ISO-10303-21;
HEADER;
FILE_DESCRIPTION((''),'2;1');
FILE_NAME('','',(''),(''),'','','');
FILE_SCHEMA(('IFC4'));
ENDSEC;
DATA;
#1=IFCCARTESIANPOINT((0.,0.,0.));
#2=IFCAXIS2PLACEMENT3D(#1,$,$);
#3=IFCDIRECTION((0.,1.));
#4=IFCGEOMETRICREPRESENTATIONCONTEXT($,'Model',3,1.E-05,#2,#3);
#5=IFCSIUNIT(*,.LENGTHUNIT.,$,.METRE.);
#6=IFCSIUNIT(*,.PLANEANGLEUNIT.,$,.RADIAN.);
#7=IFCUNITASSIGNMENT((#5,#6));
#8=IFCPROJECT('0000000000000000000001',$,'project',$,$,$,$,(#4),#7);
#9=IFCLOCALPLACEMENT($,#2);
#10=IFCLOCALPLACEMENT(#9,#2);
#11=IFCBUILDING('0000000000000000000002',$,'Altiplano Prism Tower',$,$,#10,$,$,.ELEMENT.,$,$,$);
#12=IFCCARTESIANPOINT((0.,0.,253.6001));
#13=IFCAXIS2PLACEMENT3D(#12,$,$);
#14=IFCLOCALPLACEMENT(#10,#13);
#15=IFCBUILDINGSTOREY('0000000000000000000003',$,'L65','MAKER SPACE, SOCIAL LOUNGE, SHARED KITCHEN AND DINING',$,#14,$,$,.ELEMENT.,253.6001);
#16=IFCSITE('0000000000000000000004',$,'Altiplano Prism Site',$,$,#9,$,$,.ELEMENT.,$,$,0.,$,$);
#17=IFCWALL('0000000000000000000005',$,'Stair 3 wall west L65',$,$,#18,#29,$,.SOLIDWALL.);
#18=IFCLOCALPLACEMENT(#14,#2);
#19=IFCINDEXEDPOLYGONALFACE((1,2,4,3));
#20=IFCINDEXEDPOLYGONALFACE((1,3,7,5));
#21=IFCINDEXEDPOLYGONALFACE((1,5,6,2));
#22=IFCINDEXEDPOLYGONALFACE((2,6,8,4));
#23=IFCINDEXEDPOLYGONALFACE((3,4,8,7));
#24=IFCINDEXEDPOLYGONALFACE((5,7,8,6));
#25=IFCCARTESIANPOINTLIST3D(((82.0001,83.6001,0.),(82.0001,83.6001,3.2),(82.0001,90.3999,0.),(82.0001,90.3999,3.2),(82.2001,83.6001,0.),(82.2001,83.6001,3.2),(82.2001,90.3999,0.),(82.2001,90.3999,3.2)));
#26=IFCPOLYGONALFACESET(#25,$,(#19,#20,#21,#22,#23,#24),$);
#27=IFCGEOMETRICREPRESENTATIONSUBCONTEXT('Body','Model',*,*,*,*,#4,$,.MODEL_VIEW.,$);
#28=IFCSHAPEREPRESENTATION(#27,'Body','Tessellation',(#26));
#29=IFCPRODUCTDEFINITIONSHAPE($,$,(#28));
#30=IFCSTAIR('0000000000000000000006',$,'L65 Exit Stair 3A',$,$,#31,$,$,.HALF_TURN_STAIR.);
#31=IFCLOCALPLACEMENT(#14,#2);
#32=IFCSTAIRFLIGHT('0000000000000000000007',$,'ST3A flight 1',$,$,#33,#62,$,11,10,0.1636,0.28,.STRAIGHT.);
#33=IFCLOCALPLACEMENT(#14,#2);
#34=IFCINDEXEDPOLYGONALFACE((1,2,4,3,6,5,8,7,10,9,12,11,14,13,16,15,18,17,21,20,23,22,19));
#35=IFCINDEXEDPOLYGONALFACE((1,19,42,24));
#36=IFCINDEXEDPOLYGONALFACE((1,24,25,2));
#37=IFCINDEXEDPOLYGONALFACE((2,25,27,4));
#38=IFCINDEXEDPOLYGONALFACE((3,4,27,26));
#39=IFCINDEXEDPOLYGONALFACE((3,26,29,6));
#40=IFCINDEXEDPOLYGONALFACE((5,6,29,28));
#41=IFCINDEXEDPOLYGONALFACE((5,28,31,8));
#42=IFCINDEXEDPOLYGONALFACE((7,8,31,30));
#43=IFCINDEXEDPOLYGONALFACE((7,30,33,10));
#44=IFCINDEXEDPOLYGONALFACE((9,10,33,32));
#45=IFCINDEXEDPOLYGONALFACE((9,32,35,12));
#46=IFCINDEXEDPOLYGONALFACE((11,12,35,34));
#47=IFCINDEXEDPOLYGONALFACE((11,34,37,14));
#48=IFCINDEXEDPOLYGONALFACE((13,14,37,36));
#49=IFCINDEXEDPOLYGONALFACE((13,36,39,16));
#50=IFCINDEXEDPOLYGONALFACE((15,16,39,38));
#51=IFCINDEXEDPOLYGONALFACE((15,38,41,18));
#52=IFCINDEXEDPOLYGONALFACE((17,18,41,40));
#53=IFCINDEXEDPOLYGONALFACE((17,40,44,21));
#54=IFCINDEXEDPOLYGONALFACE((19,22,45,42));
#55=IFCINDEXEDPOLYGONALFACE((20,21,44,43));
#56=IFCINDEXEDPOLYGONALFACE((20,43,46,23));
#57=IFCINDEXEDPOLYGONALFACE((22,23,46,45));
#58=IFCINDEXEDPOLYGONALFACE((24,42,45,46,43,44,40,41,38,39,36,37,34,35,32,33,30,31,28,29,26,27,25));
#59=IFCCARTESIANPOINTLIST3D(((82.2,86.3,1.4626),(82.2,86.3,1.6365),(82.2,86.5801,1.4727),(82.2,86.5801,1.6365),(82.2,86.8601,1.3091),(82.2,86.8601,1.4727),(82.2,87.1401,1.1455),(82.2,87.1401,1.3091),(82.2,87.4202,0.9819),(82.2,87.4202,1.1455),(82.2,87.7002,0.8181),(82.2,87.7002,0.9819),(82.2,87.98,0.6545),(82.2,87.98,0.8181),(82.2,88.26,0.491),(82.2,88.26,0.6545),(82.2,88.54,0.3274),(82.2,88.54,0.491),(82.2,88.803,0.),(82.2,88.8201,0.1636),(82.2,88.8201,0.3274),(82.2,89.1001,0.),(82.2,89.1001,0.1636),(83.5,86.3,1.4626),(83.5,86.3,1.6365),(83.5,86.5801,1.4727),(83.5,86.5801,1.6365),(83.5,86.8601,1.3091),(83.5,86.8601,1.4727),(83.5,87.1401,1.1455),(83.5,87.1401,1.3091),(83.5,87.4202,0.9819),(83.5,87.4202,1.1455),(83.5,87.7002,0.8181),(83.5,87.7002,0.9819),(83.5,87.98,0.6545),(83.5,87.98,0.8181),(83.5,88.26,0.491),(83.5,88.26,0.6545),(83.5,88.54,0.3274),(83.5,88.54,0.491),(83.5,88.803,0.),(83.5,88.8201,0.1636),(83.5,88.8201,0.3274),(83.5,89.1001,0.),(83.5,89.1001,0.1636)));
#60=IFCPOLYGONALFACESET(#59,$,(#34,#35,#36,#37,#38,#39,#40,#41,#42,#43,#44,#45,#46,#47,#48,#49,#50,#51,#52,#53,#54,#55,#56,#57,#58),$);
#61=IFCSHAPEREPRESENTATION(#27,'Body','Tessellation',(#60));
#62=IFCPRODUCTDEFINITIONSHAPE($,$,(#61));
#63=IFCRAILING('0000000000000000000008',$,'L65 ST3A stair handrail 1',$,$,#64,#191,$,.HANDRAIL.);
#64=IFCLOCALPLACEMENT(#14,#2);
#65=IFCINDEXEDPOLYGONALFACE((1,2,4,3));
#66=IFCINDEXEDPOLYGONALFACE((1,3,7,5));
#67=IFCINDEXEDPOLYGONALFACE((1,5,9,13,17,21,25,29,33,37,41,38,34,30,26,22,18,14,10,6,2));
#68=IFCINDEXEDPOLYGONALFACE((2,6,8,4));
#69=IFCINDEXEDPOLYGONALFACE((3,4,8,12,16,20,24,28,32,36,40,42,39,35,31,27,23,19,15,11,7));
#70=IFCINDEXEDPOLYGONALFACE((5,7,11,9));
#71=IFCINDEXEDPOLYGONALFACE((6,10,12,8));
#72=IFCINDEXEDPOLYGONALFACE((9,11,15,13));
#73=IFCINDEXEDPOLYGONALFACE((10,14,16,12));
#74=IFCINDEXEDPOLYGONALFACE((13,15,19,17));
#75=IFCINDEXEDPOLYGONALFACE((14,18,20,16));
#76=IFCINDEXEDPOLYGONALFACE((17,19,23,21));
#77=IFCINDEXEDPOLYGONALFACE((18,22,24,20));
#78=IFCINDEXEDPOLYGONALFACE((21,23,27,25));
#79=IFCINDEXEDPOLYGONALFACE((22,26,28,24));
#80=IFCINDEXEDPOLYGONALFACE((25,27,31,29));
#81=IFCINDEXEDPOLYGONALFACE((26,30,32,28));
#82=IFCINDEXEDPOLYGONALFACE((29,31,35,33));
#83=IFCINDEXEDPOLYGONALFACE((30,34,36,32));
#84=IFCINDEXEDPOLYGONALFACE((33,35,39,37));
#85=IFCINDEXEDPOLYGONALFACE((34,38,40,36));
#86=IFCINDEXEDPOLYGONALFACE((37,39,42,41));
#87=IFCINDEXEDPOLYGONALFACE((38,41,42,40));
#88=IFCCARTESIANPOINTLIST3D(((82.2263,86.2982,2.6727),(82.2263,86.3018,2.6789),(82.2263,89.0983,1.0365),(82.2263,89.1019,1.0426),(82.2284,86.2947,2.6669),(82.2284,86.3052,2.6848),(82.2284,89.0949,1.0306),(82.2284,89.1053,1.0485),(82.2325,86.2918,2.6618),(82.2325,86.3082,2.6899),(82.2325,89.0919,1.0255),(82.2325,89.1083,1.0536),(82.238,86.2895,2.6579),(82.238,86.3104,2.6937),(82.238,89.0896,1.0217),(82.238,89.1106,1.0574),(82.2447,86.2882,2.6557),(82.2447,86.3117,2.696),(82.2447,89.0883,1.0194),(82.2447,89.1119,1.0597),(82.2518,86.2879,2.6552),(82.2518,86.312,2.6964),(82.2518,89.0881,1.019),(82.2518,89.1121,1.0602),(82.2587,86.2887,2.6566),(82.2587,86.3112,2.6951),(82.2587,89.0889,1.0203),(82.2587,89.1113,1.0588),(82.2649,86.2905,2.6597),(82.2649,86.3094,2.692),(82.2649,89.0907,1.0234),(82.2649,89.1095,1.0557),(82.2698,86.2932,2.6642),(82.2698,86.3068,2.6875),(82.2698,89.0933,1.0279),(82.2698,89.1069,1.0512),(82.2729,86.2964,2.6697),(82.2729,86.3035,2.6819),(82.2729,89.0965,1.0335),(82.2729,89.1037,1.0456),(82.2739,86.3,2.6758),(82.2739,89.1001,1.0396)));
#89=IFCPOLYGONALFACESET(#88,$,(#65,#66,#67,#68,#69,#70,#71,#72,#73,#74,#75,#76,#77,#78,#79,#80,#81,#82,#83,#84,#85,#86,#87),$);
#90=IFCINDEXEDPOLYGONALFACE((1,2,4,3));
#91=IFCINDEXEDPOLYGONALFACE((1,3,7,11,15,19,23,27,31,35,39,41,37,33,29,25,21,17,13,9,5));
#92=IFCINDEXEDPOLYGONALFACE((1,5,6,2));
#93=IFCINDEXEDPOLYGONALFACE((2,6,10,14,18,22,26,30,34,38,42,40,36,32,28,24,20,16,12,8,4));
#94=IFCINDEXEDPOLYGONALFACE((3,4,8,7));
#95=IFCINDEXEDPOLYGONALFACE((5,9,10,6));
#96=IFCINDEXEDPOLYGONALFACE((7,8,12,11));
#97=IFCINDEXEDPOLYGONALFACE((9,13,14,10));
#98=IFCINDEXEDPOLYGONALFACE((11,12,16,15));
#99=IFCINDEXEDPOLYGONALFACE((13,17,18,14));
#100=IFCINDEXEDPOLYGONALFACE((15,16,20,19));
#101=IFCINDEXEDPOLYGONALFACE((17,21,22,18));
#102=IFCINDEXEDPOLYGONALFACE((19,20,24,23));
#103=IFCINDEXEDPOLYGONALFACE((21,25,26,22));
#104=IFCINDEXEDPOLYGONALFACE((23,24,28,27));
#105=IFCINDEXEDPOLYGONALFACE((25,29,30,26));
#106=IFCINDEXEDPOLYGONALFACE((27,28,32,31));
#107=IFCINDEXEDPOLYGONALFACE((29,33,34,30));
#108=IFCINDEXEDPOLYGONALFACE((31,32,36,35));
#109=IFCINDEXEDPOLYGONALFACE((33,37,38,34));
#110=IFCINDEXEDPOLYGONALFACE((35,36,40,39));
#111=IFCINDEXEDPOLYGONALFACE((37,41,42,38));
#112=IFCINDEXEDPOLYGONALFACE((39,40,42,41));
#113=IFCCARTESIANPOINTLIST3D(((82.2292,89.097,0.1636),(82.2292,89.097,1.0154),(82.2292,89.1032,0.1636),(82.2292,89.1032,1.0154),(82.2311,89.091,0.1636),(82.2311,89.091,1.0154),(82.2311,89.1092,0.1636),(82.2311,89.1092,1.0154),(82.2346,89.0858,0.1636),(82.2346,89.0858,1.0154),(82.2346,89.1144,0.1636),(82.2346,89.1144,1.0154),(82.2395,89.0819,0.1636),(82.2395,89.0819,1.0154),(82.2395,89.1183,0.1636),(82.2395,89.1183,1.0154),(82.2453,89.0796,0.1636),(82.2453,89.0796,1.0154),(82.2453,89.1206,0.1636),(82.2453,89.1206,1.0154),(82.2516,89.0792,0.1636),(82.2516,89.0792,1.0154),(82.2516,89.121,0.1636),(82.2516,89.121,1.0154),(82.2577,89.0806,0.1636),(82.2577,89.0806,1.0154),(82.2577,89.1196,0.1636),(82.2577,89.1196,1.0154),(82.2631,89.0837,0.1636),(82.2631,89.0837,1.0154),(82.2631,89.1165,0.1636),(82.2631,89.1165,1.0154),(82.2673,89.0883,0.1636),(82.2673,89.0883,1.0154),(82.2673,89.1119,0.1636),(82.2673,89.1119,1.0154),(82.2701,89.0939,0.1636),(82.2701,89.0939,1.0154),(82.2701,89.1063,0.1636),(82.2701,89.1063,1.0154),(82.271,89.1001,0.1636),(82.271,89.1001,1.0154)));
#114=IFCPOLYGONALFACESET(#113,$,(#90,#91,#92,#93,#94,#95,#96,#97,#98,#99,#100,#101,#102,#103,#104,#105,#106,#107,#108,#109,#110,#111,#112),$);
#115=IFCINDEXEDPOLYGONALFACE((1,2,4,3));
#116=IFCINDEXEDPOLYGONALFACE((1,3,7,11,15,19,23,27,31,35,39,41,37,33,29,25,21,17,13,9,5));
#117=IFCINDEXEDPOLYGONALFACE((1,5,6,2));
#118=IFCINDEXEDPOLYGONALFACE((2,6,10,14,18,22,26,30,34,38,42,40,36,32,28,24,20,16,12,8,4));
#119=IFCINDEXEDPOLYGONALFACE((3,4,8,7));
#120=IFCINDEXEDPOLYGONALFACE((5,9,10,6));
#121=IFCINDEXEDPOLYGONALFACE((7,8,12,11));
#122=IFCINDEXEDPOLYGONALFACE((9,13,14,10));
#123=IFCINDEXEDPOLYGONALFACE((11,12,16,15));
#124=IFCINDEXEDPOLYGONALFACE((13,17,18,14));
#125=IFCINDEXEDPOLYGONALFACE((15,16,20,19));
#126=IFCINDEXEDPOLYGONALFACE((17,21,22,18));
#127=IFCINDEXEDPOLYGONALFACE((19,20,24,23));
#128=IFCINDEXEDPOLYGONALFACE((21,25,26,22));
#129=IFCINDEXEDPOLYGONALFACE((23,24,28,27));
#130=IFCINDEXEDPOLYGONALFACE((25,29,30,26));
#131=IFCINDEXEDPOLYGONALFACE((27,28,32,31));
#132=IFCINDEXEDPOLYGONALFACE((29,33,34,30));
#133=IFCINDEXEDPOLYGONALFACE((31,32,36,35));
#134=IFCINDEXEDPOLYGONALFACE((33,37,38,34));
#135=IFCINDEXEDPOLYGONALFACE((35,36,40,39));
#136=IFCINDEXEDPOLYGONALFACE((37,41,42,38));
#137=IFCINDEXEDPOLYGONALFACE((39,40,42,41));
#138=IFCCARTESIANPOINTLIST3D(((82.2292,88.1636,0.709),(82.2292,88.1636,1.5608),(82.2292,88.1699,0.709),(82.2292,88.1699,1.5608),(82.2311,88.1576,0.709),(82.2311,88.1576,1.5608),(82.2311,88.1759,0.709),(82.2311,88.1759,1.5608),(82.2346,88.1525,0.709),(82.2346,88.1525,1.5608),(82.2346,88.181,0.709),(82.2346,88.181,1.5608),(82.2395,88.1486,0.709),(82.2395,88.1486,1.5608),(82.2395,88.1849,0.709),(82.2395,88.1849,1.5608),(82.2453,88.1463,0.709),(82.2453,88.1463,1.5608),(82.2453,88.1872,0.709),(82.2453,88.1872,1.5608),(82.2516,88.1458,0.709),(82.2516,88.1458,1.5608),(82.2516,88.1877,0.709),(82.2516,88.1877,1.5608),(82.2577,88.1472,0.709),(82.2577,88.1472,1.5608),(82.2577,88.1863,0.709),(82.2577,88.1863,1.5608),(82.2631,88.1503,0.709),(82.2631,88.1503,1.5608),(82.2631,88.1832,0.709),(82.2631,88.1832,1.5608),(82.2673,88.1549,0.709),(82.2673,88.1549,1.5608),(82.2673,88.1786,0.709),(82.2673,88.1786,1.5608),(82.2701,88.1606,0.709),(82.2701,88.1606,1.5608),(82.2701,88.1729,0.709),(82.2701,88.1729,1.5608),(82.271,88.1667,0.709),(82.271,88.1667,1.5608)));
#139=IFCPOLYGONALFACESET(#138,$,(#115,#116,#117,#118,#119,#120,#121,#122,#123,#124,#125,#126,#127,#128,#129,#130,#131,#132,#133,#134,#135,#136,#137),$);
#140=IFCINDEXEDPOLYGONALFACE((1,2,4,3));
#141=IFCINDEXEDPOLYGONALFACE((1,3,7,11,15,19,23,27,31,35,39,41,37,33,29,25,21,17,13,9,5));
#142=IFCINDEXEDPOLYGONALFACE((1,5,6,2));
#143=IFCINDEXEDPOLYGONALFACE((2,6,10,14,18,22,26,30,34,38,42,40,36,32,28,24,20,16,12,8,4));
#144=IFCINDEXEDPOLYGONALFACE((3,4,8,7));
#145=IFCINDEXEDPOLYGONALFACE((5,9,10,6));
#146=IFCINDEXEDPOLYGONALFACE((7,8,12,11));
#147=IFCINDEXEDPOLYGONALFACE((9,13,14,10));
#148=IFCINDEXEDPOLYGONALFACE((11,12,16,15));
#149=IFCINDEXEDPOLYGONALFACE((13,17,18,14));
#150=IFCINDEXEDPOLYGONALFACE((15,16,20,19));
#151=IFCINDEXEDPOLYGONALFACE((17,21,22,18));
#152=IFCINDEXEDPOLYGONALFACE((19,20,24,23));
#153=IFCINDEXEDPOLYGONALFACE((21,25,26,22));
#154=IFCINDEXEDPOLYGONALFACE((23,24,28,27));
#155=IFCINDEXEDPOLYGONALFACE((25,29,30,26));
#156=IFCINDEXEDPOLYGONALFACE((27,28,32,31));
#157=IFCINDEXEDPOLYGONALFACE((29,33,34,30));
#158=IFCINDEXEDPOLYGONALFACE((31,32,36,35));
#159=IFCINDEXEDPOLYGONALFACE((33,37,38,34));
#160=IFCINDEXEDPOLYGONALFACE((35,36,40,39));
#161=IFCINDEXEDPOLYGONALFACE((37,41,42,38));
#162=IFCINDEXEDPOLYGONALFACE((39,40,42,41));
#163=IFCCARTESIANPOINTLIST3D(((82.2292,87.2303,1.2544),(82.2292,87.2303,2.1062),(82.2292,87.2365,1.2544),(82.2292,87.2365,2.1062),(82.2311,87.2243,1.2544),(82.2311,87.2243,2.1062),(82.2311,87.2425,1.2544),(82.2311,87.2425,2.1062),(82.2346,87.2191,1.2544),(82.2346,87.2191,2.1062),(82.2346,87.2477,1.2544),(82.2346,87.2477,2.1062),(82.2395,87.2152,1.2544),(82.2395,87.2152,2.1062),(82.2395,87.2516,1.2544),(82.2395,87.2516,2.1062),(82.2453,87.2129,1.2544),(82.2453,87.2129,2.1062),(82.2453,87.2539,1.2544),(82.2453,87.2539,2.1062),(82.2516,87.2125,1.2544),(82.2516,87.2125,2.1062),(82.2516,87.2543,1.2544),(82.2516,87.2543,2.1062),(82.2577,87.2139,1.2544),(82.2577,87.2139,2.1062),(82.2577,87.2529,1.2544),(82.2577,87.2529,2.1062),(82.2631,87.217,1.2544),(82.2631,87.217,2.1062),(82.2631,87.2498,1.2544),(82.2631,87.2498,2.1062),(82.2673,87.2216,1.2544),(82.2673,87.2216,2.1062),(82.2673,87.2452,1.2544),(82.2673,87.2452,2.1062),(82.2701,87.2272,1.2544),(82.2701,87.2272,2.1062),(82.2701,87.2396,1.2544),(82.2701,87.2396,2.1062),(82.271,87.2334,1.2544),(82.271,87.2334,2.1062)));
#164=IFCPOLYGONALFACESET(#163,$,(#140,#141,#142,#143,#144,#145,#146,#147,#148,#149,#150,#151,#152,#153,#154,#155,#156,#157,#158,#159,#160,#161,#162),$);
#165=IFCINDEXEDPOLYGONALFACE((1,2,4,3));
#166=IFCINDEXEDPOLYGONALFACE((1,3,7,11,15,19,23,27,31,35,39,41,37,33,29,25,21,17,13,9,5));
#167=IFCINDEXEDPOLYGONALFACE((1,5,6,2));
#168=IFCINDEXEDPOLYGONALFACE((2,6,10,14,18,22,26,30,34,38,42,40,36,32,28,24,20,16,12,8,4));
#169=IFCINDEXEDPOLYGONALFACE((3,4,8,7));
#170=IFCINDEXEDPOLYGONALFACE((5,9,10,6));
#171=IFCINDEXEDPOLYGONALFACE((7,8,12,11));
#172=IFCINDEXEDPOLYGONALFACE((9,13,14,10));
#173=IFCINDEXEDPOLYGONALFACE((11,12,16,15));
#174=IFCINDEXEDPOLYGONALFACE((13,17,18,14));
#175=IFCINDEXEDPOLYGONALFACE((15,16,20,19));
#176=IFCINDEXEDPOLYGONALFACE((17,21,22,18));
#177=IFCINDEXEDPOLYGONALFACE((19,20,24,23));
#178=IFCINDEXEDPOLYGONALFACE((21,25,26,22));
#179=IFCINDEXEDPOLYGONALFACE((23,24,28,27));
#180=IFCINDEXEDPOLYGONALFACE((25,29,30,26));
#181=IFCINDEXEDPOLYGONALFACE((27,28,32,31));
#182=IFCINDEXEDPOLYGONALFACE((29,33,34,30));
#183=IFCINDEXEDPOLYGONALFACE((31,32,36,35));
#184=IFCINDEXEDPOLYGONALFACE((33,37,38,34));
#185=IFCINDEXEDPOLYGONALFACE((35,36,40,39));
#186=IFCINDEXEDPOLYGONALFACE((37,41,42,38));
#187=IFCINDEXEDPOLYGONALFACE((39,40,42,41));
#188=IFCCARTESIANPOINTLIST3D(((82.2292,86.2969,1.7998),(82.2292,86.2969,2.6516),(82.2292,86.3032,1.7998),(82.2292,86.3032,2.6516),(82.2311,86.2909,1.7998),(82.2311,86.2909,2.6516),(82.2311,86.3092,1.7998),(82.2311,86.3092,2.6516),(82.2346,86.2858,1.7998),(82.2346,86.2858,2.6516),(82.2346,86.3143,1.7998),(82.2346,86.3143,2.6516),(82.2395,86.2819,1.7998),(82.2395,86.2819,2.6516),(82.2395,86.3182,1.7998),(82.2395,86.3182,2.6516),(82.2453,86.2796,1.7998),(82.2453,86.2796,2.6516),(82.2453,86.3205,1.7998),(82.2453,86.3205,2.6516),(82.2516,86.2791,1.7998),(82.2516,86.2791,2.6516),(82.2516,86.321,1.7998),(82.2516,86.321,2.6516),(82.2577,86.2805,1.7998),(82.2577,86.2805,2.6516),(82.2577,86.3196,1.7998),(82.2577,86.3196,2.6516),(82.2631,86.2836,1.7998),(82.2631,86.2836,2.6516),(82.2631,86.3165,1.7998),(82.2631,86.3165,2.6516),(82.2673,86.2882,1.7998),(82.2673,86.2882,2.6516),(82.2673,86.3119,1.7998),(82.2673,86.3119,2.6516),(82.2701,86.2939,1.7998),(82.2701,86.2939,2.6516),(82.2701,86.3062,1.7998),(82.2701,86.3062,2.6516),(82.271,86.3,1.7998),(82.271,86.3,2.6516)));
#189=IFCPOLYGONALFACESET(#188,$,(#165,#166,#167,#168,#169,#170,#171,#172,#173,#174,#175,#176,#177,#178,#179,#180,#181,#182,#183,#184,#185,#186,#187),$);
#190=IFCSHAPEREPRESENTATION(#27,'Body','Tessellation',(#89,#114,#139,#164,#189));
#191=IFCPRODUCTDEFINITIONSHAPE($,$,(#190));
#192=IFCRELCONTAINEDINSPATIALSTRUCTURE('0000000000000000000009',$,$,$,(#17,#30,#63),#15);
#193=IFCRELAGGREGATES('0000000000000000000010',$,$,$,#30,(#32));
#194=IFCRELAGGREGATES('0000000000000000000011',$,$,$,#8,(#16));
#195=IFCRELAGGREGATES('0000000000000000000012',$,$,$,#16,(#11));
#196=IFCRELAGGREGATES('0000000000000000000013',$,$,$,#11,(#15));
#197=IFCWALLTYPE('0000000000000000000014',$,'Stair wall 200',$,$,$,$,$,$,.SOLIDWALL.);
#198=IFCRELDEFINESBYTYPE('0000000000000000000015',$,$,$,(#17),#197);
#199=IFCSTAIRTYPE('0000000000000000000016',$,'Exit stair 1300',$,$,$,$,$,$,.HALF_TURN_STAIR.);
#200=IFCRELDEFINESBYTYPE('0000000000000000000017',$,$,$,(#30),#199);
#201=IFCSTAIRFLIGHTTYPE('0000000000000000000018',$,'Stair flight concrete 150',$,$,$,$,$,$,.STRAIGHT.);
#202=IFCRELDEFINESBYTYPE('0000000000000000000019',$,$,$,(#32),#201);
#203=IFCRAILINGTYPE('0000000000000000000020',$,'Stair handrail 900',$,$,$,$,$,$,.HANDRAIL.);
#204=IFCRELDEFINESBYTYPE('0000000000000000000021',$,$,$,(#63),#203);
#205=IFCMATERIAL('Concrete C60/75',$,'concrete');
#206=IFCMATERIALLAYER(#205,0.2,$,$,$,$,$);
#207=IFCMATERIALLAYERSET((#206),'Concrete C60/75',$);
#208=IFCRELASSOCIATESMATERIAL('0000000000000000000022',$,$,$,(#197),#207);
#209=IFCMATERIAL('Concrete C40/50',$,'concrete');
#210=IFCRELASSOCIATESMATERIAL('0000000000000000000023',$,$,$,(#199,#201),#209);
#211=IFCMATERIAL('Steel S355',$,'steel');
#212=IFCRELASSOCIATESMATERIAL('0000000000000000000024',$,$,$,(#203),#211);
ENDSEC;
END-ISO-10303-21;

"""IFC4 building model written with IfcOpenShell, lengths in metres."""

from ifc_helpers import new_model, si_unit, direction, frame, frame_2d, origin, origin_2d, place, context, subcontext, project, spatial, polyline, rectangle, circle, outline, extrude, material, layer, layer_set, type_object, element, aggregate, save


model = new_model("IFC4")

# Units and contexts
model_context = context("Model", 3, precision=1e-05, world=origin(), true_north=direction((0.0, 1.0)))
body_context = subcontext(model_context, "Body", "Model", "MODEL_VIEW")
ifc_project = project(units=[si_unit("LENGTHUNIT", "METRE"), si_unit("PLANEANGLEUNIT", "RADIAN")], contexts=[model_context])

# Site, building, storey
site_placement = place(None, origin())
site = spatial("IfcSite", under=ifc_project, at=site_placement, Name="Altiplano Prism Site", CompositionType="ELEMENT", RefElevation=0.0)
building_placement = place(site_placement, origin())
building = spatial("IfcBuilding", under=site, at=building_placement, Name="Altiplano Prism Tower", CompositionType="ELEMENT")
storey_placement = place(building_placement, frame((0.0, 0.0, 253.6001)))
storey = spatial("IfcBuildingStorey", under=building, at=storey_placement, Name="L65", Description="MAKER SPACE, SOCIAL LOUNGE, SHARED KITCHEN AND DINING", CompositionType="ELEMENT", Elevation=253.6001)

# Shared definitions
ifc_material_1 = material(Name="Concrete C60/75", Category="concrete")

# Shared definitions
ifc_layer_1 = layer(ifc_material_1, 0.2)
ifc_layer_set_1 = layer_set([ifc_layer_1], Name="Concrete C60/75")
wall_type_1 = type_object("IfcWallType", Name="Stair wall 200", PredefinedType="SOLIDWALL", material=ifc_layer_set_1)

# Wall
wall_1_placement = place(storey_placement, frame((82.1001, 83.6001, 0.0), z_axis=(0.0, 0.0, 1.0), x_axis=(0.0, 1.0, 0.0)))
element("IfcWall", 1, at=wall_1_placement, inside=storey, type_object=wall_type_1, Name="Stair 3 wall west L65", PredefinedType="SOLIDWALL", context=body_context, shape_type="SweptSolid", body=[
    extrude(rectangle(XDim=6.7998, YDim=0.2, at=frame_2d((3.3999, 0.0))), origin(), (0.0, 0.0, 1.0), 3.2),
])

# Stair, stair flight
ifc_material_2 = material(Name="Concrete C40/50", Category="concrete")
stair_type = type_object("IfcStairType", Name="Exit stair 1300", PredefinedType="HALF_TURN_STAIR", material=ifc_material_2)
stair_placement = place(storey_placement, origin())
stair = element("IfcStair", 2, at=stair_placement, inside=storey, type_object=stair_type, Name="L65 Exit Stair 3A", PredefinedType="HALF_TURN_STAIR")
stair_flight_type = type_object("IfcStairFlightType", Name="Stair flight concrete 150", PredefinedType="STRAIGHT", material=ifc_material_2)
stair_flight_placement = place(storey_placement, frame((82.8501, 89.1001, 0.0), z_axis=(0.0, 0.0, 1.0), x_axis=(0.0, -1.0, 0.0)))
stair_flight = element("IfcStairFlight", 3, at=stair_flight_placement, type_object=stair_flight_type, Name="ST3A flight 1", NumberOfRisers=11, NumberOfTreads=10, PredefinedType="STRAIGHT", RiserHeight=0.1636, TreadLength=0.28, context=body_context, shape_type="SweptSolid", body=[
    extrude(outline(polyline([(0.0, 0.0), (0.0, 0.1636), (0.28, 0.1636), (0.28, 0.3274), (0.5601, 0.3274), (0.5601, 0.491), (0.8401, 0.491), (0.8401, 0.6545), (1.1201, 0.6545), (1.1201, 0.8181), (1.3999, 0.8181), (1.3999, 0.9819), (1.6799, 0.9819), (1.6799, 1.1455), (1.96, 1.1455), (1.96, 1.3091), (2.24, 1.3091), (2.24, 1.4727), (2.52, 1.4727), (2.52, 1.6365), (2.8, 1.6365), (2.8, 1.8), (2.8, 1.4626), (0.2971, 0.0), (0.0, 0.0)])), frame((0.0, 0.6499, 0.0), z_axis=(0.0, -1.0, 0.0), x_axis=(1.0, 0.0, 0.0)), (0.0, 0.0, 1.0), 1.3),
])
aggregate(stair, [stair_flight])

# Railing
ifc_material_3 = material(Name="Steel S355", Category="steel")
railing_type_1 = type_object("IfcRailingType", Name="Stair handrail 900", PredefinedType="HANDRAIL", material=ifc_material_3)
railing_1_placement = place(storey_placement, frame((82.25, 89.1001, 0.1636)))
element("IfcRailing", 4, at=railing_1_placement, inside=storey, type_object=railing_type_1, Name="L65 ST3A stair handrail 1", PredefinedType="HANDRAIL", context=body_context, shape_type="SweptSolid", body=[
    extrude(circle(Radius=0.0239, at=origin_2d()), frame((0.0, 0.0, 0.876), z_axis=(0.0, -0.863394, 0.504531), x_axis=(1.0, 0.0, 0.0)), (0.0, 0.0, 1.0), 3.2432),
    extrude(circle(Radius=0.021, at=origin_2d()), origin(), (0.0, 0.0, 1.0), 0.8518),
    extrude(circle(Radius=0.021, at=origin_2d()), frame((0.0, -0.9333, 0.5454)), (0.0, 0.0, 1.0), 0.8518),
    extrude(circle(Radius=0.021, at=origin_2d()), frame((0.0, -1.8667, 1.0908)), (0.0, 0.0, 1.0), 0.8518),
    extrude(circle(Radius=0.021, at=origin_2d()), frame((0.0, -2.8, 1.6362)), (0.0, 0.0, 1.0), 0.8518),
])

save(model, "model.ifc")
